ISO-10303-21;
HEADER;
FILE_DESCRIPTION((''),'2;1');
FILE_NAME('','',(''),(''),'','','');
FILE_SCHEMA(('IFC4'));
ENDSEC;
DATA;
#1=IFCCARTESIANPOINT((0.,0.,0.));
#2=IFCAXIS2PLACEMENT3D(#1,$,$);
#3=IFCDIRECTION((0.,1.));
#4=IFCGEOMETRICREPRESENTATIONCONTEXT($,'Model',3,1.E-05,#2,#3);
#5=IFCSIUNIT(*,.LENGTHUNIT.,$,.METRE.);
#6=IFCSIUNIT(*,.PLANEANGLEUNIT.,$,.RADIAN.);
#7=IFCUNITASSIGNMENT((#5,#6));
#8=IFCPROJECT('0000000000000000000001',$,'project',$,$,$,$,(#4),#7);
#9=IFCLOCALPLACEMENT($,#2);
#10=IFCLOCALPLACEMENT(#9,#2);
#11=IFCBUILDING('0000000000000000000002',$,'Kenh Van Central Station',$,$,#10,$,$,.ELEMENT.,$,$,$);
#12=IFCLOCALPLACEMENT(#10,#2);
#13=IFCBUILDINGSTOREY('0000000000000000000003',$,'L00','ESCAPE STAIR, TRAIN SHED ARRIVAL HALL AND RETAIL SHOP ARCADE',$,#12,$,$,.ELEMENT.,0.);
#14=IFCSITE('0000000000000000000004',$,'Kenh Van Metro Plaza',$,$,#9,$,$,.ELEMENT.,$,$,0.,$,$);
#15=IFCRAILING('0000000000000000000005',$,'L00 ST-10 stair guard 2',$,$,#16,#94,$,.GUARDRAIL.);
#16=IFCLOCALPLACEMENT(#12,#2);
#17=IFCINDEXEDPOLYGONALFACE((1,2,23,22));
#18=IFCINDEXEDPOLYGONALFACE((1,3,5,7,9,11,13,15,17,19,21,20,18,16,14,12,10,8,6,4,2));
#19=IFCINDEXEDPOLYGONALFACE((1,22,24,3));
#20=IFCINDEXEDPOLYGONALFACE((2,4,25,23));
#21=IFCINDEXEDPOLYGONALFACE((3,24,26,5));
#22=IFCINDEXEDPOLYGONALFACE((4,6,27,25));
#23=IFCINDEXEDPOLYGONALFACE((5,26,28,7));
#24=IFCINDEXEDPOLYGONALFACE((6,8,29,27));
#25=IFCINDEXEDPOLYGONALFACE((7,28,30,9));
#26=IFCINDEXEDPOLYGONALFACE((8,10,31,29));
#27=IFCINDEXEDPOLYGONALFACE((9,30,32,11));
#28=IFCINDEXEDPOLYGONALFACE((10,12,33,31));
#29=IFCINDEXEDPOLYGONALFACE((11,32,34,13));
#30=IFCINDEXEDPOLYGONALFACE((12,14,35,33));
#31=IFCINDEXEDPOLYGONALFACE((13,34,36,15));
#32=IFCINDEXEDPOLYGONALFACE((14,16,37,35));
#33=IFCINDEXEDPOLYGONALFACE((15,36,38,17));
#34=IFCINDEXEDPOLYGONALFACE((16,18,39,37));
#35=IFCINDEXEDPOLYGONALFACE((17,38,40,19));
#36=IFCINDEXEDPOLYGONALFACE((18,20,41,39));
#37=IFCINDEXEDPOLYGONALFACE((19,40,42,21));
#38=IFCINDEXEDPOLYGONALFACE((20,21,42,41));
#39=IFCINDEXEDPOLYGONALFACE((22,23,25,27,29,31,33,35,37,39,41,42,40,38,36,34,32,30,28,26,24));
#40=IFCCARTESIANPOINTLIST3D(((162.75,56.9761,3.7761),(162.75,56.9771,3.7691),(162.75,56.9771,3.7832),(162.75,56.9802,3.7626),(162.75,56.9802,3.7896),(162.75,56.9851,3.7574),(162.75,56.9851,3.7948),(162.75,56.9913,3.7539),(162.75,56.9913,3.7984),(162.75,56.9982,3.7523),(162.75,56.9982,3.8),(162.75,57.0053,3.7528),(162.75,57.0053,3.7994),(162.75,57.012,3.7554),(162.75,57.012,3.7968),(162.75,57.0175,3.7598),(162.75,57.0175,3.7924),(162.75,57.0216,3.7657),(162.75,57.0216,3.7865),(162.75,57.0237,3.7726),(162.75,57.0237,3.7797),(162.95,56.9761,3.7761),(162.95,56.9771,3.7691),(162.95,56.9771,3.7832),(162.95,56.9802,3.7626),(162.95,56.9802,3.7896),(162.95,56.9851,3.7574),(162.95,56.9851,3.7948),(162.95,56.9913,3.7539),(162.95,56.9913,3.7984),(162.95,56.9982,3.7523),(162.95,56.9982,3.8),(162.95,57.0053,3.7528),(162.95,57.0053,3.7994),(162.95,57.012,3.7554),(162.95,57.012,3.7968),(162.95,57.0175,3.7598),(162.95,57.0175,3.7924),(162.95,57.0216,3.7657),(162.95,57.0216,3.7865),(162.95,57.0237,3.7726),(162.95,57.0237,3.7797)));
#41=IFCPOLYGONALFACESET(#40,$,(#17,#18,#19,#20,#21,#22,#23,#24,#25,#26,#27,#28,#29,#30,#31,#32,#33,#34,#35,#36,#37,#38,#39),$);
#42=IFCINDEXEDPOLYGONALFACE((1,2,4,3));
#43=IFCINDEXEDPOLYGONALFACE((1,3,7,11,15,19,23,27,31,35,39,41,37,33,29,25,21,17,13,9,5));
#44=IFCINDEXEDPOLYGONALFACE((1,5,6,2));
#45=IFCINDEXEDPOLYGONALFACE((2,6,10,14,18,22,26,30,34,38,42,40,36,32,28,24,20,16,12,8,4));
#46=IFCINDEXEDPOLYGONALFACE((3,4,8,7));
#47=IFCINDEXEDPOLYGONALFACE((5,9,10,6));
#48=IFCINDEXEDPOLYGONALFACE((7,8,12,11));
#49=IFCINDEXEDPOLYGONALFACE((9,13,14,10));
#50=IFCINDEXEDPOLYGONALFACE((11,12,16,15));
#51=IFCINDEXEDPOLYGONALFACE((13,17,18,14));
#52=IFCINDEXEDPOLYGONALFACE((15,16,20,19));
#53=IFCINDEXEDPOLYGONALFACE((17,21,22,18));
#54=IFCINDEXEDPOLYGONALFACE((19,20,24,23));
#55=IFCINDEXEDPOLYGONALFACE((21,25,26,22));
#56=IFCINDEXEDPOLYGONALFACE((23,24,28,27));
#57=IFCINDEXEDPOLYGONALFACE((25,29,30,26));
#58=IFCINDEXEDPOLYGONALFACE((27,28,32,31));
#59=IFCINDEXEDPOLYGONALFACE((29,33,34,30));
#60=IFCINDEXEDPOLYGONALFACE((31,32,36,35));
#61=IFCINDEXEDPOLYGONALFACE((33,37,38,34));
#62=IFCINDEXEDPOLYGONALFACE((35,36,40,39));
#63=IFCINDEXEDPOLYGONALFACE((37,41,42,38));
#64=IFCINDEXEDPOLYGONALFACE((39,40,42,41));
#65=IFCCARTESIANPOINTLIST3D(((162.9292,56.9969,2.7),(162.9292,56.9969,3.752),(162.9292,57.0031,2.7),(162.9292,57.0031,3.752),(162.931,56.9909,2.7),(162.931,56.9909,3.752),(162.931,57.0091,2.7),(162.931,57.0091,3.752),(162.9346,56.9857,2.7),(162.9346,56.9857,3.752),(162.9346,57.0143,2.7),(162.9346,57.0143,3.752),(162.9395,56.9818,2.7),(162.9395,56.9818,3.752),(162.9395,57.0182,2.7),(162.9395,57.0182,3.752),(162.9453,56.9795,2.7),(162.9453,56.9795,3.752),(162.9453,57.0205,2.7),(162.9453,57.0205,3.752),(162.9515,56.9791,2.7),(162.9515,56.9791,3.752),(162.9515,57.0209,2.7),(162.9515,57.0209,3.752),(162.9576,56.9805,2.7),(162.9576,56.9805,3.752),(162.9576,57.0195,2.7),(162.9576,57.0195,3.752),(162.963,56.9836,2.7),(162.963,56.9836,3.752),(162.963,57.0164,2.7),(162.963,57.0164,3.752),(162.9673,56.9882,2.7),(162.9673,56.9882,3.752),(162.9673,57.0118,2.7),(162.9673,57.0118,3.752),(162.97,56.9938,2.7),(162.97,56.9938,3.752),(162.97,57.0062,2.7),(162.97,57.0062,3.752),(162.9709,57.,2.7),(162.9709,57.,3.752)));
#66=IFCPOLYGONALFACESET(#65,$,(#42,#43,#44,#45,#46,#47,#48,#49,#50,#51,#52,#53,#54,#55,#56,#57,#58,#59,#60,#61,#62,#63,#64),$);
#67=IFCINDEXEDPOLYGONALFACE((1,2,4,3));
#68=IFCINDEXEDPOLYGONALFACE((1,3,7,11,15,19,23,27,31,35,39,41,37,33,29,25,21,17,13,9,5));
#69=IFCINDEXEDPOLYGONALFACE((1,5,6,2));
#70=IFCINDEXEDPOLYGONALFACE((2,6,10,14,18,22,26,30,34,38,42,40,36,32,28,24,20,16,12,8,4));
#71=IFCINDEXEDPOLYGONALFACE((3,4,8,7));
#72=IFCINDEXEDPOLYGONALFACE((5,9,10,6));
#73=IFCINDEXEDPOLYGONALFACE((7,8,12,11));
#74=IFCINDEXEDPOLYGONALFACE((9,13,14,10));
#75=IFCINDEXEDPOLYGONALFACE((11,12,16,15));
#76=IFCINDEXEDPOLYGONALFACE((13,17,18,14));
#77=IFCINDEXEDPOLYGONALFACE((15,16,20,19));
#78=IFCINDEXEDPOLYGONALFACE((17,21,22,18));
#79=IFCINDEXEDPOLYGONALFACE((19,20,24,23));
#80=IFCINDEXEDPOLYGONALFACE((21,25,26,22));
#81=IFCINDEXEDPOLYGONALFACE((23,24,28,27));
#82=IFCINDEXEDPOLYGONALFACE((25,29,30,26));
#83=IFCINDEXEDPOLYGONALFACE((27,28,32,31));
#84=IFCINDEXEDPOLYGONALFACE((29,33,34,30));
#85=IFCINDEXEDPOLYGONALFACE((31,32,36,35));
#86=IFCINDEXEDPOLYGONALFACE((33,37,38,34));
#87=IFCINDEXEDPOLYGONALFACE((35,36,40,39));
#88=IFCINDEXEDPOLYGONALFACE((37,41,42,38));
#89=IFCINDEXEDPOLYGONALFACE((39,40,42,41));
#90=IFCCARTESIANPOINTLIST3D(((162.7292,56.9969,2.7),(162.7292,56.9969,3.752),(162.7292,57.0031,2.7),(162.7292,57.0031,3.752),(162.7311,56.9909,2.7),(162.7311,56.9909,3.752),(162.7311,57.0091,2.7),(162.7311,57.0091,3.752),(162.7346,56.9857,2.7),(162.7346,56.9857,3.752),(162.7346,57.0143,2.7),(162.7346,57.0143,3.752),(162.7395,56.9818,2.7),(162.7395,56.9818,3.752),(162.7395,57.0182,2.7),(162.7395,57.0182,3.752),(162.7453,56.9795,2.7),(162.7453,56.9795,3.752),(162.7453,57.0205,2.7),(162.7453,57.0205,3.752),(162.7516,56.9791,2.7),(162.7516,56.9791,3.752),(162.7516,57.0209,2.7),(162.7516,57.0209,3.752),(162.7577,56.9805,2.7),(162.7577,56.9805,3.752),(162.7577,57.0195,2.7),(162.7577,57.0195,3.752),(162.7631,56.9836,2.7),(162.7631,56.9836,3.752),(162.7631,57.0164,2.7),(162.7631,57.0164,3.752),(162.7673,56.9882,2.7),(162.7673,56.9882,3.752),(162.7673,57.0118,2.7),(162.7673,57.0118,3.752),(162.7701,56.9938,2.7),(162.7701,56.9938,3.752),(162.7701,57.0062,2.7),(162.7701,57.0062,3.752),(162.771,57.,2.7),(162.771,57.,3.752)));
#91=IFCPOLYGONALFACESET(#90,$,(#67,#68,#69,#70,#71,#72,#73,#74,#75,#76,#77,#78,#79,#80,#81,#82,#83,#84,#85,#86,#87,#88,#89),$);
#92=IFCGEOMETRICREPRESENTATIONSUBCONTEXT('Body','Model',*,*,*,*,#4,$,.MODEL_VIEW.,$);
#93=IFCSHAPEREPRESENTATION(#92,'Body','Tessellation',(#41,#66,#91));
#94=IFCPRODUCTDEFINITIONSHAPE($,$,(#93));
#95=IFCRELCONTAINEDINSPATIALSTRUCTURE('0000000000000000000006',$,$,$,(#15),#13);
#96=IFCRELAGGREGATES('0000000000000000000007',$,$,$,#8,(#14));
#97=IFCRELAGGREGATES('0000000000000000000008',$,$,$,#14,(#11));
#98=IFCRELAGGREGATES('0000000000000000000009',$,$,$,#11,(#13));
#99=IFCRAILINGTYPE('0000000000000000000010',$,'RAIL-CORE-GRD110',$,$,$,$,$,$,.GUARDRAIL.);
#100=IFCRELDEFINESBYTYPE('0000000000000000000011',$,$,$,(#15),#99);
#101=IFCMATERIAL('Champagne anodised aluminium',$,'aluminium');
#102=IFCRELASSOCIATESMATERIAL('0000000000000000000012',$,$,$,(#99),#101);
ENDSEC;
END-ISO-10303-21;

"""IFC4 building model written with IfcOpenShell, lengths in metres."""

from ifc_helpers import new_model, si_unit, direction, frame, origin, origin_2d, place, context, subcontext, project, spatial, circle, extrude, material, type_object, element, save


model = new_model("IFC4")

# Units and contexts
model_context = context("Model", 3, precision=1e-05, world=origin(), true_north=direction((0.0, 1.0)))
body_context = subcontext(model_context, "Body", "Model", "MODEL_VIEW")
ifc_project = project(units=[si_unit("LENGTHUNIT", "METRE"), si_unit("PLANEANGLEUNIT", "RADIAN")], contexts=[model_context])

# Site, building, storey
site_placement = place(None, origin())
site = spatial("IfcSite", under=ifc_project, at=site_placement, Name="Kenh Van Metro Plaza", CompositionType="ELEMENT", RefElevation=0.0)
building_placement = place(site_placement, origin())
building = spatial("IfcBuilding", under=site, at=building_placement, Name="Kenh Van Central Station", CompositionType="ELEMENT")
storey_placement = place(building_placement, origin())
storey = spatial("IfcBuildingStorey", under=building, at=storey_placement, Name="L00", Description="ESCAPE STAIR, TRAIN SHED ARRIVAL HALL AND RETAIL SHOP ARCADE", CompositionType="ELEMENT", Elevation=0.0)

# Shared definitions
ifc_material_1 = material(Name="Champagne anodised aluminium", Category="aluminium")

# Railing
railing_type_1 = type_object("IfcRailingType", Name="RAIL-CORE-GRD110", PredefinedType="GUARDRAIL", material=ifc_material_1)
railing_1_placement = place(storey_placement, frame((162.95, 57.0, 2.7)))
element("IfcRailing", 1, at=railing_1_placement, inside=storey, type_object=railing_type_1, Name="L00 ST-10 stair guard 2", PredefinedType="GUARDRAIL", context=body_context, shape_type="SweptSolid", body=[
    extrude(circle(Radius=0.0239, at=origin_2d()), frame((0.0, 0.0, 1.0762), z_axis=(-1.0, 0.0, 0.0), x_axis=(0.0, -1.0, 0.0)), (0.0, 0.0, 1.0), 0.2),
    extrude(circle(Radius=0.021, at=origin_2d()), origin(), (0.0, 0.0, 1.0), 1.052),
    extrude(circle(Radius=0.021, at=origin_2d()), frame((-0.2, 0.0, 0.0)), (0.0, 0.0, 1.0), 1.052),
])

save(model, "model.ifc")
